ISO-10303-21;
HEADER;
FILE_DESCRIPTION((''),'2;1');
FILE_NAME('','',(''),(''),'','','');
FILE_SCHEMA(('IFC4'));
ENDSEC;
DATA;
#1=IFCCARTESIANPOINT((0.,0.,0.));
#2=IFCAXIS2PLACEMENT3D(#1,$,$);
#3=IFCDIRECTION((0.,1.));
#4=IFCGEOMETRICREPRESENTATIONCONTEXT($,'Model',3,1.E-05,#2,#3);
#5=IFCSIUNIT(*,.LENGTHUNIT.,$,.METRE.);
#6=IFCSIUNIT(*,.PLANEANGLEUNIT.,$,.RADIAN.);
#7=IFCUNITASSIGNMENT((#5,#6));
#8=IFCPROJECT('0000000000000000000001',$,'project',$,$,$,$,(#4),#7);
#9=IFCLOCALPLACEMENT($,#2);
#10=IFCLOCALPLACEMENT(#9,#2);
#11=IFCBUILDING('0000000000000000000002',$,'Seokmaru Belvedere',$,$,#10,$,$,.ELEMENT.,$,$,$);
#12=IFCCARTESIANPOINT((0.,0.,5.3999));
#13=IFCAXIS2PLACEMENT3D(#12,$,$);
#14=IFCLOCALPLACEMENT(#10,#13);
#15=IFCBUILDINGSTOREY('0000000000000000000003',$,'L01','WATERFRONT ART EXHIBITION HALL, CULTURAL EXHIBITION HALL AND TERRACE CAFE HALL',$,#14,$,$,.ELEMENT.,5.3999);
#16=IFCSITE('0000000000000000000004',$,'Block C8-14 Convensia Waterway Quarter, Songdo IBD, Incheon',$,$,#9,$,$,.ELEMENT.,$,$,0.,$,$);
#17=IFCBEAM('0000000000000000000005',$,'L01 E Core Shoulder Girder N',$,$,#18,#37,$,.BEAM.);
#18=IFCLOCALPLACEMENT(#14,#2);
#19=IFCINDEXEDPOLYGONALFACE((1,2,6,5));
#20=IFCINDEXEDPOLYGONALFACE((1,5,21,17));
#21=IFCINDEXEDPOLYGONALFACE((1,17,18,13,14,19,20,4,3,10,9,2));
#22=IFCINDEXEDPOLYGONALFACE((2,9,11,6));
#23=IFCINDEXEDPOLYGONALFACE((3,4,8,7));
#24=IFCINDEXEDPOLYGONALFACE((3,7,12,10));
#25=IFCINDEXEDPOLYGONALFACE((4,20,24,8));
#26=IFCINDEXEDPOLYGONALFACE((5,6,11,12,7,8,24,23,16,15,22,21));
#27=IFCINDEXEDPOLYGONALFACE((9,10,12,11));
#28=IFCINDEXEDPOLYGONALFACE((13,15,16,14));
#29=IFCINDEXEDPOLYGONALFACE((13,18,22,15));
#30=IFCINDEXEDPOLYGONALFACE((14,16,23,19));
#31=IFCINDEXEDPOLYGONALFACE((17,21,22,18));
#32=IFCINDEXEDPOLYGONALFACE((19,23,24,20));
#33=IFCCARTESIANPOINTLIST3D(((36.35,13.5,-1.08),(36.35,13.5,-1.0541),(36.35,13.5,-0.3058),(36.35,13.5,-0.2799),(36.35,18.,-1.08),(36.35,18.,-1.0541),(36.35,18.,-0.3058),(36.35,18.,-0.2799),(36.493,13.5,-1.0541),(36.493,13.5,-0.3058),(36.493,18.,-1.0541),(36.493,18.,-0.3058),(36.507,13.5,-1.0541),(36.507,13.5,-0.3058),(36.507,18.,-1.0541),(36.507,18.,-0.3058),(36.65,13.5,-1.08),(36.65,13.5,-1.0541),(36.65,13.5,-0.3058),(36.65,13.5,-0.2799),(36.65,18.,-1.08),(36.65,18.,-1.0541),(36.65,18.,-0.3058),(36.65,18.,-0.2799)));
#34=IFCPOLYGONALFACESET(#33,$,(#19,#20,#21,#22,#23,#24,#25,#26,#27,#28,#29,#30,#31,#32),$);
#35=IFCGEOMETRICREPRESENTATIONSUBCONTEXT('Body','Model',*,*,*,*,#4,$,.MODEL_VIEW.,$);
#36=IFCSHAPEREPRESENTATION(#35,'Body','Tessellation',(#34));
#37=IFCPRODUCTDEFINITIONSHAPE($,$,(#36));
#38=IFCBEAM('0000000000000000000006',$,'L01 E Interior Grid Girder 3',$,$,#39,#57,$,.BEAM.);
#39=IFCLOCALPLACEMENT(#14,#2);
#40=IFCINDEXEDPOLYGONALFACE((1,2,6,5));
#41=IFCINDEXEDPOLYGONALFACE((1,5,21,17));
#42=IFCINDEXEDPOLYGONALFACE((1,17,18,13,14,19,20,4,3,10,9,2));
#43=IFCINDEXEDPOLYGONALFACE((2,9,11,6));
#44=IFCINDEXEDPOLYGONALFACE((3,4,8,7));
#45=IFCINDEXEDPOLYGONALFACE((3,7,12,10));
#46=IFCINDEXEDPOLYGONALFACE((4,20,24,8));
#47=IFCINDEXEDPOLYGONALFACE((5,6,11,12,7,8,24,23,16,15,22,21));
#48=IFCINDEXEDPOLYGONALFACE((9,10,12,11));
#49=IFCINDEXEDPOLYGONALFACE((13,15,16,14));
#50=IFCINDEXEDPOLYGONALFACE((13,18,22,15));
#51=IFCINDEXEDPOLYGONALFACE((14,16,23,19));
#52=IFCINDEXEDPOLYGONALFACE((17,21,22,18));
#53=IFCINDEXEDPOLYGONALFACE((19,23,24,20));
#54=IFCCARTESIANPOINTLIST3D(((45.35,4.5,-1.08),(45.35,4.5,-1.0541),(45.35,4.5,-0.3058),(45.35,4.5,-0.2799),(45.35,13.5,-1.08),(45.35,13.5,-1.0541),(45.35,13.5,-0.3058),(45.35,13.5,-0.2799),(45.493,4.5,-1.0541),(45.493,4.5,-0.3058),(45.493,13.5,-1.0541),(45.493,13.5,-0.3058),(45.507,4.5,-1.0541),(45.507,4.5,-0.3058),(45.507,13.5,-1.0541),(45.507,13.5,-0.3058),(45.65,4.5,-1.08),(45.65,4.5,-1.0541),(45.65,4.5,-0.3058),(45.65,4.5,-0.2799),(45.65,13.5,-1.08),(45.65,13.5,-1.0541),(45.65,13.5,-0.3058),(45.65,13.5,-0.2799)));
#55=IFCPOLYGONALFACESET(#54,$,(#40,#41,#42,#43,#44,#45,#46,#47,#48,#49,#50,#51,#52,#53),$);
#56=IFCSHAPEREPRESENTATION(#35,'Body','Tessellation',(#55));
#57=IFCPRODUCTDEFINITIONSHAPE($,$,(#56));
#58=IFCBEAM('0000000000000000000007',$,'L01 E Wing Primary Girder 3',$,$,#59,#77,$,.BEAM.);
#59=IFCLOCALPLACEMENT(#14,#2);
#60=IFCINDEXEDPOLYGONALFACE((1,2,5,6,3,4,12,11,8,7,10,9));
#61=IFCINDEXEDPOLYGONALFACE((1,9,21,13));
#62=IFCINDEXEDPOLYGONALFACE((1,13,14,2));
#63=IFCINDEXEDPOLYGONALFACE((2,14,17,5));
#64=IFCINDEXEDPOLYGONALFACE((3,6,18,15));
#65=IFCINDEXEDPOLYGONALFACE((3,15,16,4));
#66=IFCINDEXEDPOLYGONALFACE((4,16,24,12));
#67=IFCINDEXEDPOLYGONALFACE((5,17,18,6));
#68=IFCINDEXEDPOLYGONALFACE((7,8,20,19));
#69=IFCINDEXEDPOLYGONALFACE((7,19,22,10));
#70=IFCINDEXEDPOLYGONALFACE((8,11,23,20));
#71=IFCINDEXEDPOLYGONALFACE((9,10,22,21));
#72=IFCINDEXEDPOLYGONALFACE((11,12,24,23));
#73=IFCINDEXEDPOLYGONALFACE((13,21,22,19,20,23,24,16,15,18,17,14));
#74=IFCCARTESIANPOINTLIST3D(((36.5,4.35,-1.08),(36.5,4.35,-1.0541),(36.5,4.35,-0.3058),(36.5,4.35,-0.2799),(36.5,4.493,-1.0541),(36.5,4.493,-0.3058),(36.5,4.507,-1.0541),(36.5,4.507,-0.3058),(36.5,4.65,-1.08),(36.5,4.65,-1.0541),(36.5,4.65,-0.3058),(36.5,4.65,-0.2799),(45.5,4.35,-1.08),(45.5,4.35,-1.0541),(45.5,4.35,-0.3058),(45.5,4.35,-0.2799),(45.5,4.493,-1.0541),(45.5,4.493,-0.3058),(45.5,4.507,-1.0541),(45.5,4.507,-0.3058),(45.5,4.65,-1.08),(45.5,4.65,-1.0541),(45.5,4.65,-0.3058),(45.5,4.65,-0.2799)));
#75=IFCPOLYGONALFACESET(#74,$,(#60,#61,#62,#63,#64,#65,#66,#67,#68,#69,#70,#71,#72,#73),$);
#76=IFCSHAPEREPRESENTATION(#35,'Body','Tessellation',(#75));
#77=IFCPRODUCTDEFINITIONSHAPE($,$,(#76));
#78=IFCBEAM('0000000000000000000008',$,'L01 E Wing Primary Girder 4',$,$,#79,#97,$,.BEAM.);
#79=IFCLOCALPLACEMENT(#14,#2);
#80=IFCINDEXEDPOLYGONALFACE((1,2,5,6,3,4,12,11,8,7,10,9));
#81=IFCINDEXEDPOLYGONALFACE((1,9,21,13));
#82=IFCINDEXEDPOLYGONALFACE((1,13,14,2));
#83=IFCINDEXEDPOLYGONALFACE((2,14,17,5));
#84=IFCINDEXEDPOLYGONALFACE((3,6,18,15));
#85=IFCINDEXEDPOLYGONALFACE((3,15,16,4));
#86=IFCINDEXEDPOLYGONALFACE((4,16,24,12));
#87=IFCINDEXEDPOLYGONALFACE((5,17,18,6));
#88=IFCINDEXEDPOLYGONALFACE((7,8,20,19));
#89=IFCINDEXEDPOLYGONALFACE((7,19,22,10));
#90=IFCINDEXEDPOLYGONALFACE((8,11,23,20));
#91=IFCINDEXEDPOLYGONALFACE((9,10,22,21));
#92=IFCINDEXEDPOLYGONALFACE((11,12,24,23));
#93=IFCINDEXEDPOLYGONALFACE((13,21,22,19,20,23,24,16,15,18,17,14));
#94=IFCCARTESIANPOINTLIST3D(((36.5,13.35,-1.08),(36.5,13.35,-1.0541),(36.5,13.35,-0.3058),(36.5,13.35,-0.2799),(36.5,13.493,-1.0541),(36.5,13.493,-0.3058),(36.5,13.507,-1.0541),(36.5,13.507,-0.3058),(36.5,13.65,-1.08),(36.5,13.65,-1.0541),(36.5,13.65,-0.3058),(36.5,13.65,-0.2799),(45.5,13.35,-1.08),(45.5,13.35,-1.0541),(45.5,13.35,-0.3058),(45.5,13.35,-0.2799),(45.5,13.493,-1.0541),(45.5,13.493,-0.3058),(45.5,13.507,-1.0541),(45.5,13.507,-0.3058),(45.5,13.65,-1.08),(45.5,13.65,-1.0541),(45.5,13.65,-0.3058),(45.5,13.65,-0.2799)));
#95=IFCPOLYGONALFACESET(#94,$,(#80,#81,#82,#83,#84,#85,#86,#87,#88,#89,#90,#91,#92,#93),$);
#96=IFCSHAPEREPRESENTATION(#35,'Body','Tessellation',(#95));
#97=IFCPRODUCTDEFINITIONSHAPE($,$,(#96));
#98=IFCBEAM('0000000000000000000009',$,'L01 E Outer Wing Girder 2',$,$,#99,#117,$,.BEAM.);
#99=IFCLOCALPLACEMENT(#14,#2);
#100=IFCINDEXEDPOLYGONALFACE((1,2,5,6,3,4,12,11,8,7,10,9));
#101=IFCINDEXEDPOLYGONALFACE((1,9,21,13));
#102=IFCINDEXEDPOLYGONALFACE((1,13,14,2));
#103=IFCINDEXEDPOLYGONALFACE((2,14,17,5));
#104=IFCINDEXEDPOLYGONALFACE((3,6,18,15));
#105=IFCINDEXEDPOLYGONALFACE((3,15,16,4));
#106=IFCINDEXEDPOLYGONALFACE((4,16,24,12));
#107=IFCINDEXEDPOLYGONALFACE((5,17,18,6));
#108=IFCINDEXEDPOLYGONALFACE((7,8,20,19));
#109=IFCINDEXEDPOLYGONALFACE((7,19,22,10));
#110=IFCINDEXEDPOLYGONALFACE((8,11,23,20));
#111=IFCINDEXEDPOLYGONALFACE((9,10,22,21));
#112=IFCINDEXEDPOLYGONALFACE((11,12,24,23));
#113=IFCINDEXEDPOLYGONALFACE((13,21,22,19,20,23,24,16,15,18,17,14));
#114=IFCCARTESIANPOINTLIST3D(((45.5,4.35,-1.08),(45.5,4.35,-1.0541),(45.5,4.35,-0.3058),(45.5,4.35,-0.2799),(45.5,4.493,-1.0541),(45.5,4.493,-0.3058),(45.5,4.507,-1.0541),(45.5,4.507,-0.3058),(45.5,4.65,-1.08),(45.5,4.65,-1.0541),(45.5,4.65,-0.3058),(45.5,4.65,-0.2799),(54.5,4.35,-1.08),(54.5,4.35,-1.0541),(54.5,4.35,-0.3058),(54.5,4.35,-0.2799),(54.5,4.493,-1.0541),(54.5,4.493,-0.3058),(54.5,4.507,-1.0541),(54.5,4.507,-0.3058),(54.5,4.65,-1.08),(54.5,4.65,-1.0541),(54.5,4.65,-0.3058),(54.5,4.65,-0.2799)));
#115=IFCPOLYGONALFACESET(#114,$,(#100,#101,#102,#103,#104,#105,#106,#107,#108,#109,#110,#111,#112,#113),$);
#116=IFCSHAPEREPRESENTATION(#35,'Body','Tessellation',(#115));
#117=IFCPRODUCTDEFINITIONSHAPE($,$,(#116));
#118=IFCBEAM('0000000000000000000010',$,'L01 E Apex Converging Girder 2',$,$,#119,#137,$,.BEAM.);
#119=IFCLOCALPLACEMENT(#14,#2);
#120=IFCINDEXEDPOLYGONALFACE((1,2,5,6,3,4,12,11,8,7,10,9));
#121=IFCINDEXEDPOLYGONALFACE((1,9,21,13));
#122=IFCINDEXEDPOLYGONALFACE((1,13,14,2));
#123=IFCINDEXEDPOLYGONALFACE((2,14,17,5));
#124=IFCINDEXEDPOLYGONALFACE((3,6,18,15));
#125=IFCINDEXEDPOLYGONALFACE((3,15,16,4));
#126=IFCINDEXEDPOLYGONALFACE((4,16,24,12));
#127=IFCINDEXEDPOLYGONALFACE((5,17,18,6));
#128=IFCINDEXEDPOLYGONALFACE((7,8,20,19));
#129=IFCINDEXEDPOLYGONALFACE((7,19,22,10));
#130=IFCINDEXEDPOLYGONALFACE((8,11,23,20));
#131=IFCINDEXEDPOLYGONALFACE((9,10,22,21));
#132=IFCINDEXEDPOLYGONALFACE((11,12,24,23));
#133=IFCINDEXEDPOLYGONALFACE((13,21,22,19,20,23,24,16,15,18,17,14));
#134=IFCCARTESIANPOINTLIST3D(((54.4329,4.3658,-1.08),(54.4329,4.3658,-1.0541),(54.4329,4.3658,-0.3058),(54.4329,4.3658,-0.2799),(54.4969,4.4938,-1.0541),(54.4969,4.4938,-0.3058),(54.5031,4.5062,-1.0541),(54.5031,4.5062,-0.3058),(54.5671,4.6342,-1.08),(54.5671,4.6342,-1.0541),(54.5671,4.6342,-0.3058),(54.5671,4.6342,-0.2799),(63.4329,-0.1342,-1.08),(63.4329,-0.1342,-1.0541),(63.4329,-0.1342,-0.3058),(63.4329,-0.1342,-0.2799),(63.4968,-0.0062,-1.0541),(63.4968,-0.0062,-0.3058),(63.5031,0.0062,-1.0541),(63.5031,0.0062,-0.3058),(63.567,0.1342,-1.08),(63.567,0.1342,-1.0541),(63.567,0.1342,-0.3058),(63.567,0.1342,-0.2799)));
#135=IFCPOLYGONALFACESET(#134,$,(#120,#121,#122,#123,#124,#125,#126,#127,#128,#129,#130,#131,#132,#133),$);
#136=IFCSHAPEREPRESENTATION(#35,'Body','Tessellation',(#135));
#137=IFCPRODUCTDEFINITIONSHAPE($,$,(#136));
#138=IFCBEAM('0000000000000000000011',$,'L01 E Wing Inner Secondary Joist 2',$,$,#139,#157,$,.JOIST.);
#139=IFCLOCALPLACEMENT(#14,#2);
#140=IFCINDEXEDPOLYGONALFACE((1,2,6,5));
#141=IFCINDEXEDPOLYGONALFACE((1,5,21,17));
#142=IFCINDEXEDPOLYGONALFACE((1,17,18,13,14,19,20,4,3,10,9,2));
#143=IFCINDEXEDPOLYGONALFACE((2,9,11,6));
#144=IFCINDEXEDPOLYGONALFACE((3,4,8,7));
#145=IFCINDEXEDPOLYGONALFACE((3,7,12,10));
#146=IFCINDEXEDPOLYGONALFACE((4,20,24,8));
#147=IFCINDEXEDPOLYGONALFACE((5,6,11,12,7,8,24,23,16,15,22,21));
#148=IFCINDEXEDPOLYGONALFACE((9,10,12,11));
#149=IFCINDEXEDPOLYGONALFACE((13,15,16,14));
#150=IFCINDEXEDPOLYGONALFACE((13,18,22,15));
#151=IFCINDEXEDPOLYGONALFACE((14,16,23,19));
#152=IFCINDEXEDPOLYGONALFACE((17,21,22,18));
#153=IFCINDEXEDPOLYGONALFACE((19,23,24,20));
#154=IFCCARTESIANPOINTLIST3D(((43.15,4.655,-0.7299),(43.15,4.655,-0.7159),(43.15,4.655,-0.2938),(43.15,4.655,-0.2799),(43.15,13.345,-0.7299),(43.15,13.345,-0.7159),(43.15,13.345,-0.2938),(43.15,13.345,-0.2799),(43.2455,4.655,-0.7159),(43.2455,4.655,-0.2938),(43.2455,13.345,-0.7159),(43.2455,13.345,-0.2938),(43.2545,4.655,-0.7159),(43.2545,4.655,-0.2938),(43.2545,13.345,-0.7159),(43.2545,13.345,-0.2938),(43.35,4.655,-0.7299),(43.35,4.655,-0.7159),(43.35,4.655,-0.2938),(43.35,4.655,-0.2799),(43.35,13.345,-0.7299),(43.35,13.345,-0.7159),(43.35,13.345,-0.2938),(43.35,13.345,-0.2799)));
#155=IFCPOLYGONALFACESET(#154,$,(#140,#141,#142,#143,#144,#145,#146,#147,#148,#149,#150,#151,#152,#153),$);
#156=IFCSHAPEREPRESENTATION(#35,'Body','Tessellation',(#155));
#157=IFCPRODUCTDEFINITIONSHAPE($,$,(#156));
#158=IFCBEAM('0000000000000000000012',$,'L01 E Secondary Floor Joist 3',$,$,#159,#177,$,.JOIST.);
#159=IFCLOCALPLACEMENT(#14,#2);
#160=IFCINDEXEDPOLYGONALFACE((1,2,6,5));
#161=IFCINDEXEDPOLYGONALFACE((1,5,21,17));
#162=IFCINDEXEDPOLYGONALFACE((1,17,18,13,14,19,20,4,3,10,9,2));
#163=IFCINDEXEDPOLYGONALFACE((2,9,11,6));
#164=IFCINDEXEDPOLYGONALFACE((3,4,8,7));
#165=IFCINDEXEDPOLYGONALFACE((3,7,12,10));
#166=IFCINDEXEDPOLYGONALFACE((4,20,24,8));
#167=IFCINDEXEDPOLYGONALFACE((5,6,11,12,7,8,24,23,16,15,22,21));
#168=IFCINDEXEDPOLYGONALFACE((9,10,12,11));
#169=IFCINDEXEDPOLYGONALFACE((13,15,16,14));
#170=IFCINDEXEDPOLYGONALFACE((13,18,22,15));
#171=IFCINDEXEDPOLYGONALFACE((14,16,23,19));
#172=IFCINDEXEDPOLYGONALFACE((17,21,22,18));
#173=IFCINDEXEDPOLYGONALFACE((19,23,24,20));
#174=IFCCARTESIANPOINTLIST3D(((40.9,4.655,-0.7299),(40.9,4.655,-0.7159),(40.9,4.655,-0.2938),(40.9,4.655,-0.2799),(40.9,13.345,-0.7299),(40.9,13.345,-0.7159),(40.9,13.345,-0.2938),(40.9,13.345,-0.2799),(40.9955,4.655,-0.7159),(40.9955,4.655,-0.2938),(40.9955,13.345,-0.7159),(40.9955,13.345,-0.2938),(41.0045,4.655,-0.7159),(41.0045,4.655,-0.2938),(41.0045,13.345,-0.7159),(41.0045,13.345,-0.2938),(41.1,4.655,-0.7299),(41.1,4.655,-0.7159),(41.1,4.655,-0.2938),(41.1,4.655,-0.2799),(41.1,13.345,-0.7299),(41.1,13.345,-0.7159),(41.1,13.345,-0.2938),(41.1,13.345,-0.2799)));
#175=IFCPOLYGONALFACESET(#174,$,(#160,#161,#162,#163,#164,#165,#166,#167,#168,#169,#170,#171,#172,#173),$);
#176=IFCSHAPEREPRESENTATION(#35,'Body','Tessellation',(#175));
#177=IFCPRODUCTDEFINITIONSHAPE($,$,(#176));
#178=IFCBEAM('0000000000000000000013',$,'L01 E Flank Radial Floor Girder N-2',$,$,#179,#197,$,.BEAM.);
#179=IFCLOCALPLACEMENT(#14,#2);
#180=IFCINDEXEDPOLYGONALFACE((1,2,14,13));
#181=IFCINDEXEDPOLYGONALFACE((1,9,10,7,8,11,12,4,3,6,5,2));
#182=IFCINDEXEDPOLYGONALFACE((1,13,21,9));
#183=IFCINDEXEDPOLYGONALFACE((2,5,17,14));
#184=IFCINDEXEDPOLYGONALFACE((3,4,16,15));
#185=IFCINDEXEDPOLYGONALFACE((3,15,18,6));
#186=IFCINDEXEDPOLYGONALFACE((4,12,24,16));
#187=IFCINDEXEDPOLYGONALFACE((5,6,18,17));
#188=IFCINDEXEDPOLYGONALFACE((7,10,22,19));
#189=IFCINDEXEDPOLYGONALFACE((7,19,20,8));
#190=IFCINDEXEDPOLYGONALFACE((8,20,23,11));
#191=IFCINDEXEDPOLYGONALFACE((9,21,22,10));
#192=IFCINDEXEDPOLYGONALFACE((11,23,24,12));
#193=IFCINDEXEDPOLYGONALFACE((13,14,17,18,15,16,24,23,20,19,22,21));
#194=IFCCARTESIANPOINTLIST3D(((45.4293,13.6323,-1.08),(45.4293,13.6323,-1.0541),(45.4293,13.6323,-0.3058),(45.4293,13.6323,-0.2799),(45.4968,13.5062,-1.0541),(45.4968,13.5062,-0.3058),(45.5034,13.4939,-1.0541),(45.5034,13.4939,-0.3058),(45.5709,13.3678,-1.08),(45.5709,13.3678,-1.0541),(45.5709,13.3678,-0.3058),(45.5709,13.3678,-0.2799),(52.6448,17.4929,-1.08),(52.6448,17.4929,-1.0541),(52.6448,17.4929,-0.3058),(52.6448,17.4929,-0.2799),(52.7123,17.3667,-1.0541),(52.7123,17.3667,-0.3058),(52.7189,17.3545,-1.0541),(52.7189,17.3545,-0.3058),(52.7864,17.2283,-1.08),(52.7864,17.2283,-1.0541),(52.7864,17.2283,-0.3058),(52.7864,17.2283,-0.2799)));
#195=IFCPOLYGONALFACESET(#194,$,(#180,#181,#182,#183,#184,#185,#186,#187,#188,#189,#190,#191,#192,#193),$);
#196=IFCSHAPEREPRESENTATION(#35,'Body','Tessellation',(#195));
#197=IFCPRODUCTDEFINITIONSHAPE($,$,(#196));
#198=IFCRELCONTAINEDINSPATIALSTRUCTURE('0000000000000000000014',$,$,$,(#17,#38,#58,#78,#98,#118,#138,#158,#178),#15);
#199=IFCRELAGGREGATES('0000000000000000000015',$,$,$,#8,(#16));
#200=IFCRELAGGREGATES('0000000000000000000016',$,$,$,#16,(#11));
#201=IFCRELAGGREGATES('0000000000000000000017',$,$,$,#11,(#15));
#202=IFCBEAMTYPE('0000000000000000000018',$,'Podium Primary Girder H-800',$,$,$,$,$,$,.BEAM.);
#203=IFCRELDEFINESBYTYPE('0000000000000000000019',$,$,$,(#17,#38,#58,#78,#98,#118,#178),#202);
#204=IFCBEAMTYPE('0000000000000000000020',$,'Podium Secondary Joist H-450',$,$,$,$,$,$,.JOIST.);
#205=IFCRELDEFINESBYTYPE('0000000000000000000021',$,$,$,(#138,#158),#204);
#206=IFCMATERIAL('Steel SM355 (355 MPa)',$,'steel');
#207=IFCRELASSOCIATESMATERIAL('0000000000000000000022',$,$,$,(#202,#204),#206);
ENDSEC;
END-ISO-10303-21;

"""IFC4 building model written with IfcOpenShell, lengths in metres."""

from ifc_helpers import new_model, si_unit, direction, frame, origin, origin_2d, place, context, subcontext, project, spatial, i_section, extrude, source, transform, mapped, material, material_profile, profile_set, type_object, type_shapes, element, save


model = new_model("IFC4")

# Units and contexts
model_context = context("Model", 3, precision=1e-05, world=origin(), true_north=direction((0.0, 1.0)))
body_context = subcontext(model_context, "Body", "Model", "MODEL_VIEW")
ifc_project = project(units=[si_unit("LENGTHUNIT", "METRE"), si_unit("PLANEANGLEUNIT", "RADIAN")], contexts=[model_context])

# Site, building, storey
site_placement = place(None, origin())
site = spatial("IfcSite", under=ifc_project, at=site_placement, Name="Block C8-14 Convensia Waterway Quarter, Songdo IBD, Incheon", CompositionType="ELEMENT", RefElevation=0.0)
building_placement = place(site_placement, origin())
building = spatial("IfcBuilding", under=site, at=building_placement, Name="Seokmaru Belvedere", CompositionType="ELEMENT")
storey_placement = place(building_placement, frame((0.0, 0.0, 5.3999)))
storey = spatial("IfcBuildingStorey", under=building, at=storey_placement, Name="L01", Description="WATERFRONT ART EXHIBITION HALL, CULTURAL EXHIBITION HALL AND TERRACE CAFE HALL", CompositionType="ELEMENT", Elevation=5.3999)

# Shared definitions
ifc_material_1 = material(Name="Steel SM355 (355 MPa)", Category="steel")

# Beams
ifc_material_profile_1 = material_profile(ifc_material_1, i_section(OverallWidth=0.3, OverallDepth=0.8, WebThickness=0.0139, FlangeThickness=0.0259, at=origin_2d()), Name="H-800x300x14x26")
ifc_profile_set_1 = profile_set([ifc_material_profile_1], Name="Steel SM355 (355 MPa)")
beam_type_1 = type_object("IfcBeamType", Name="Podium Primary Girder H-800", PredefinedType="BEAM", material=ifc_profile_set_1)
shared_shape_1 = source(origin(), body_context, "Body", "SweptSolid", [
    extrude(i_section(OverallWidth=0.3, OverallDepth=0.8, WebThickness=0.0139, FlangeThickness=0.0259, at=origin_2d()), origin(), (0.0, 0.0, 1.0), 4.5),
])
beam_1_placement = place(storey_placement, frame((36.5, 13.5, -0.6799), z_axis=(0.0, 1.0, 0.0), x_axis=(-1.0, 0.0, 0.0)))
element("IfcBeam", 1, at=beam_1_placement, inside=storey, type_object=beam_type_1, Name="L01 E Core Shoulder Girder N", PredefinedType="BEAM", context=body_context, shape_type="MappedRepresentation", body=[
    mapped(shared_shape_1, transform((0.0, 0.0, 0.0), scale=1.0)),
])
shared_shape_2 = source(origin(), body_context, "Body", "SweptSolid", [
    extrude(i_section(OverallWidth=0.3, OverallDepth=0.8, WebThickness=0.0139, FlangeThickness=0.0259, at=origin_2d()), origin(), (0.0, 0.0, 1.0), 9.0),
])
for number, where, z_axis, x_axis, name in (
    (2, (45.5, 4.5, -0.6799), (0.0, 1.0, 0.0), (-1.0, 0.0, 0.0), "L01 E Interior Grid Girder 3"),
    (3, (36.5, 4.5, -0.6799), (1.0, 0.0, 0.0), (0.0, 1.0, 0.0), "L01 E Wing Primary Girder 3"),
    (4, (36.5, 13.5, -0.6799), (1.0, 0.0, 0.0), (0.0, 1.0, 0.0), "L01 E Wing Primary Girder 4"),
    (5, (45.5, 4.5, -0.6799), (1.0, 0.0, 0.0), (0.0, 1.0, 0.0), "L01 E Outer Wing Girder 2"),
):
    element("IfcBeam", number, at=place(storey_placement, frame(where, z_axis=z_axis, x_axis=x_axis)), inside=storey, type_object=beam_type_1, Name=name, PredefinedType="BEAM", context=body_context, shape_type="MappedRepresentation", body=[
        mapped(shared_shape_2, transform((0.0, 0.0, 0.0), scale=1.0)),
    ])
shared_shape_3 = source(origin(), body_context, "Body", "SweptSolid", [
    extrude(i_section(OverallWidth=0.3, OverallDepth=0.8, WebThickness=0.0139, FlangeThickness=0.0259, at=origin_2d()), origin(), (0.0, 0.0, 1.0), 10.0623),
])
beam_2_placement = place(storey_placement, frame((54.5, 4.5, -0.6799), z_axis=(0.894427, -0.447214, 0.0), x_axis=(0.447214, 0.894427, 0.0)))
element("IfcBeam", 6, at=beam_2_placement, inside=storey, type_object=beam_type_1, Name="L01 E Apex Converging Girder 2", PredefinedType="BEAM", context=body_context, shape_type="MappedRepresentation", body=[
    mapped(shared_shape_3, transform((0.0, 0.0, 0.0), scale=1.0)),
])
ifc_material_profile_2 = material_profile(ifc_material_1, i_section(OverallWidth=0.2, OverallDepth=0.45, WebThickness=0.009, FlangeThickness=0.0139, at=origin_2d()), Name="H-450x200x9x14")
ifc_profile_set_2 = profile_set([ifc_material_profile_2], Name="Steel SM355 (355 MPa)")
beam_type_2 = type_object("IfcBeamType", Name="Podium Secondary Joist H-450", PredefinedType="JOIST", material=ifc_profile_set_2)
shared_shape_4 = source(origin(), body_context, "Body", "SweptSolid", [
    extrude(i_section(OverallWidth=0.2, OverallDepth=0.45, WebThickness=0.009, FlangeThickness=0.0139, at=origin_2d()), origin(), (0.0, 0.0, 1.0), 8.6899),
])
type_shapes(beam_type_2, [shared_shape_4])
for number, where, z_axis, x_axis, name in (
    (7, (43.25, 4.655, -0.5049), (0.0, 1.0, 0.0), (-1.0, 0.0, 0.0), "L01 E Wing Inner Secondary Joist 2"),
    (8, (41.0, 4.655, -0.5049), (0.0, 1.0, 0.0), (-1.0, 0.0, 0.0), "L01 E Secondary Floor Joist 3"),
):
    element("IfcBeam", number, at=place(storey_placement, frame(where, z_axis=z_axis, x_axis=x_axis)), inside=storey, type_object=beam_type_2, Name=name, PredefinedType="JOIST", context=body_context, shape_type="MappedRepresentation", body=[
        mapped(shared_shape_4, transform((0.0, 0.0, 0.0), scale=1.0)),
    ])
shared_shape_5 = source(origin(), body_context, "Body", "SweptSolid", [
    extrude(i_section(OverallWidth=0.3, OverallDepth=0.8, WebThickness=0.0139, FlangeThickness=0.0259, at=origin_2d()), origin(), (0.0, 0.0, 1.0), 8.1833),
])
beam_3_placement = place(storey_placement, frame((52.7156, 17.3606, -0.6799), z_axis=(-0.881729, -0.471757, 0.0), x_axis=(0.471757, -0.881729, 0.0)))
element("IfcBeam", 9, at=beam_3_placement, inside=storey, type_object=beam_type_1, Name="L01 E Flank Radial Floor Girder N-2", PredefinedType="BEAM", context=body_context, shape_type="MappedRepresentation", body=[
    mapped(shared_shape_5, transform((0.0, 0.0, 0.0), scale=1.0)),
])

save(model, "model.ifc")
